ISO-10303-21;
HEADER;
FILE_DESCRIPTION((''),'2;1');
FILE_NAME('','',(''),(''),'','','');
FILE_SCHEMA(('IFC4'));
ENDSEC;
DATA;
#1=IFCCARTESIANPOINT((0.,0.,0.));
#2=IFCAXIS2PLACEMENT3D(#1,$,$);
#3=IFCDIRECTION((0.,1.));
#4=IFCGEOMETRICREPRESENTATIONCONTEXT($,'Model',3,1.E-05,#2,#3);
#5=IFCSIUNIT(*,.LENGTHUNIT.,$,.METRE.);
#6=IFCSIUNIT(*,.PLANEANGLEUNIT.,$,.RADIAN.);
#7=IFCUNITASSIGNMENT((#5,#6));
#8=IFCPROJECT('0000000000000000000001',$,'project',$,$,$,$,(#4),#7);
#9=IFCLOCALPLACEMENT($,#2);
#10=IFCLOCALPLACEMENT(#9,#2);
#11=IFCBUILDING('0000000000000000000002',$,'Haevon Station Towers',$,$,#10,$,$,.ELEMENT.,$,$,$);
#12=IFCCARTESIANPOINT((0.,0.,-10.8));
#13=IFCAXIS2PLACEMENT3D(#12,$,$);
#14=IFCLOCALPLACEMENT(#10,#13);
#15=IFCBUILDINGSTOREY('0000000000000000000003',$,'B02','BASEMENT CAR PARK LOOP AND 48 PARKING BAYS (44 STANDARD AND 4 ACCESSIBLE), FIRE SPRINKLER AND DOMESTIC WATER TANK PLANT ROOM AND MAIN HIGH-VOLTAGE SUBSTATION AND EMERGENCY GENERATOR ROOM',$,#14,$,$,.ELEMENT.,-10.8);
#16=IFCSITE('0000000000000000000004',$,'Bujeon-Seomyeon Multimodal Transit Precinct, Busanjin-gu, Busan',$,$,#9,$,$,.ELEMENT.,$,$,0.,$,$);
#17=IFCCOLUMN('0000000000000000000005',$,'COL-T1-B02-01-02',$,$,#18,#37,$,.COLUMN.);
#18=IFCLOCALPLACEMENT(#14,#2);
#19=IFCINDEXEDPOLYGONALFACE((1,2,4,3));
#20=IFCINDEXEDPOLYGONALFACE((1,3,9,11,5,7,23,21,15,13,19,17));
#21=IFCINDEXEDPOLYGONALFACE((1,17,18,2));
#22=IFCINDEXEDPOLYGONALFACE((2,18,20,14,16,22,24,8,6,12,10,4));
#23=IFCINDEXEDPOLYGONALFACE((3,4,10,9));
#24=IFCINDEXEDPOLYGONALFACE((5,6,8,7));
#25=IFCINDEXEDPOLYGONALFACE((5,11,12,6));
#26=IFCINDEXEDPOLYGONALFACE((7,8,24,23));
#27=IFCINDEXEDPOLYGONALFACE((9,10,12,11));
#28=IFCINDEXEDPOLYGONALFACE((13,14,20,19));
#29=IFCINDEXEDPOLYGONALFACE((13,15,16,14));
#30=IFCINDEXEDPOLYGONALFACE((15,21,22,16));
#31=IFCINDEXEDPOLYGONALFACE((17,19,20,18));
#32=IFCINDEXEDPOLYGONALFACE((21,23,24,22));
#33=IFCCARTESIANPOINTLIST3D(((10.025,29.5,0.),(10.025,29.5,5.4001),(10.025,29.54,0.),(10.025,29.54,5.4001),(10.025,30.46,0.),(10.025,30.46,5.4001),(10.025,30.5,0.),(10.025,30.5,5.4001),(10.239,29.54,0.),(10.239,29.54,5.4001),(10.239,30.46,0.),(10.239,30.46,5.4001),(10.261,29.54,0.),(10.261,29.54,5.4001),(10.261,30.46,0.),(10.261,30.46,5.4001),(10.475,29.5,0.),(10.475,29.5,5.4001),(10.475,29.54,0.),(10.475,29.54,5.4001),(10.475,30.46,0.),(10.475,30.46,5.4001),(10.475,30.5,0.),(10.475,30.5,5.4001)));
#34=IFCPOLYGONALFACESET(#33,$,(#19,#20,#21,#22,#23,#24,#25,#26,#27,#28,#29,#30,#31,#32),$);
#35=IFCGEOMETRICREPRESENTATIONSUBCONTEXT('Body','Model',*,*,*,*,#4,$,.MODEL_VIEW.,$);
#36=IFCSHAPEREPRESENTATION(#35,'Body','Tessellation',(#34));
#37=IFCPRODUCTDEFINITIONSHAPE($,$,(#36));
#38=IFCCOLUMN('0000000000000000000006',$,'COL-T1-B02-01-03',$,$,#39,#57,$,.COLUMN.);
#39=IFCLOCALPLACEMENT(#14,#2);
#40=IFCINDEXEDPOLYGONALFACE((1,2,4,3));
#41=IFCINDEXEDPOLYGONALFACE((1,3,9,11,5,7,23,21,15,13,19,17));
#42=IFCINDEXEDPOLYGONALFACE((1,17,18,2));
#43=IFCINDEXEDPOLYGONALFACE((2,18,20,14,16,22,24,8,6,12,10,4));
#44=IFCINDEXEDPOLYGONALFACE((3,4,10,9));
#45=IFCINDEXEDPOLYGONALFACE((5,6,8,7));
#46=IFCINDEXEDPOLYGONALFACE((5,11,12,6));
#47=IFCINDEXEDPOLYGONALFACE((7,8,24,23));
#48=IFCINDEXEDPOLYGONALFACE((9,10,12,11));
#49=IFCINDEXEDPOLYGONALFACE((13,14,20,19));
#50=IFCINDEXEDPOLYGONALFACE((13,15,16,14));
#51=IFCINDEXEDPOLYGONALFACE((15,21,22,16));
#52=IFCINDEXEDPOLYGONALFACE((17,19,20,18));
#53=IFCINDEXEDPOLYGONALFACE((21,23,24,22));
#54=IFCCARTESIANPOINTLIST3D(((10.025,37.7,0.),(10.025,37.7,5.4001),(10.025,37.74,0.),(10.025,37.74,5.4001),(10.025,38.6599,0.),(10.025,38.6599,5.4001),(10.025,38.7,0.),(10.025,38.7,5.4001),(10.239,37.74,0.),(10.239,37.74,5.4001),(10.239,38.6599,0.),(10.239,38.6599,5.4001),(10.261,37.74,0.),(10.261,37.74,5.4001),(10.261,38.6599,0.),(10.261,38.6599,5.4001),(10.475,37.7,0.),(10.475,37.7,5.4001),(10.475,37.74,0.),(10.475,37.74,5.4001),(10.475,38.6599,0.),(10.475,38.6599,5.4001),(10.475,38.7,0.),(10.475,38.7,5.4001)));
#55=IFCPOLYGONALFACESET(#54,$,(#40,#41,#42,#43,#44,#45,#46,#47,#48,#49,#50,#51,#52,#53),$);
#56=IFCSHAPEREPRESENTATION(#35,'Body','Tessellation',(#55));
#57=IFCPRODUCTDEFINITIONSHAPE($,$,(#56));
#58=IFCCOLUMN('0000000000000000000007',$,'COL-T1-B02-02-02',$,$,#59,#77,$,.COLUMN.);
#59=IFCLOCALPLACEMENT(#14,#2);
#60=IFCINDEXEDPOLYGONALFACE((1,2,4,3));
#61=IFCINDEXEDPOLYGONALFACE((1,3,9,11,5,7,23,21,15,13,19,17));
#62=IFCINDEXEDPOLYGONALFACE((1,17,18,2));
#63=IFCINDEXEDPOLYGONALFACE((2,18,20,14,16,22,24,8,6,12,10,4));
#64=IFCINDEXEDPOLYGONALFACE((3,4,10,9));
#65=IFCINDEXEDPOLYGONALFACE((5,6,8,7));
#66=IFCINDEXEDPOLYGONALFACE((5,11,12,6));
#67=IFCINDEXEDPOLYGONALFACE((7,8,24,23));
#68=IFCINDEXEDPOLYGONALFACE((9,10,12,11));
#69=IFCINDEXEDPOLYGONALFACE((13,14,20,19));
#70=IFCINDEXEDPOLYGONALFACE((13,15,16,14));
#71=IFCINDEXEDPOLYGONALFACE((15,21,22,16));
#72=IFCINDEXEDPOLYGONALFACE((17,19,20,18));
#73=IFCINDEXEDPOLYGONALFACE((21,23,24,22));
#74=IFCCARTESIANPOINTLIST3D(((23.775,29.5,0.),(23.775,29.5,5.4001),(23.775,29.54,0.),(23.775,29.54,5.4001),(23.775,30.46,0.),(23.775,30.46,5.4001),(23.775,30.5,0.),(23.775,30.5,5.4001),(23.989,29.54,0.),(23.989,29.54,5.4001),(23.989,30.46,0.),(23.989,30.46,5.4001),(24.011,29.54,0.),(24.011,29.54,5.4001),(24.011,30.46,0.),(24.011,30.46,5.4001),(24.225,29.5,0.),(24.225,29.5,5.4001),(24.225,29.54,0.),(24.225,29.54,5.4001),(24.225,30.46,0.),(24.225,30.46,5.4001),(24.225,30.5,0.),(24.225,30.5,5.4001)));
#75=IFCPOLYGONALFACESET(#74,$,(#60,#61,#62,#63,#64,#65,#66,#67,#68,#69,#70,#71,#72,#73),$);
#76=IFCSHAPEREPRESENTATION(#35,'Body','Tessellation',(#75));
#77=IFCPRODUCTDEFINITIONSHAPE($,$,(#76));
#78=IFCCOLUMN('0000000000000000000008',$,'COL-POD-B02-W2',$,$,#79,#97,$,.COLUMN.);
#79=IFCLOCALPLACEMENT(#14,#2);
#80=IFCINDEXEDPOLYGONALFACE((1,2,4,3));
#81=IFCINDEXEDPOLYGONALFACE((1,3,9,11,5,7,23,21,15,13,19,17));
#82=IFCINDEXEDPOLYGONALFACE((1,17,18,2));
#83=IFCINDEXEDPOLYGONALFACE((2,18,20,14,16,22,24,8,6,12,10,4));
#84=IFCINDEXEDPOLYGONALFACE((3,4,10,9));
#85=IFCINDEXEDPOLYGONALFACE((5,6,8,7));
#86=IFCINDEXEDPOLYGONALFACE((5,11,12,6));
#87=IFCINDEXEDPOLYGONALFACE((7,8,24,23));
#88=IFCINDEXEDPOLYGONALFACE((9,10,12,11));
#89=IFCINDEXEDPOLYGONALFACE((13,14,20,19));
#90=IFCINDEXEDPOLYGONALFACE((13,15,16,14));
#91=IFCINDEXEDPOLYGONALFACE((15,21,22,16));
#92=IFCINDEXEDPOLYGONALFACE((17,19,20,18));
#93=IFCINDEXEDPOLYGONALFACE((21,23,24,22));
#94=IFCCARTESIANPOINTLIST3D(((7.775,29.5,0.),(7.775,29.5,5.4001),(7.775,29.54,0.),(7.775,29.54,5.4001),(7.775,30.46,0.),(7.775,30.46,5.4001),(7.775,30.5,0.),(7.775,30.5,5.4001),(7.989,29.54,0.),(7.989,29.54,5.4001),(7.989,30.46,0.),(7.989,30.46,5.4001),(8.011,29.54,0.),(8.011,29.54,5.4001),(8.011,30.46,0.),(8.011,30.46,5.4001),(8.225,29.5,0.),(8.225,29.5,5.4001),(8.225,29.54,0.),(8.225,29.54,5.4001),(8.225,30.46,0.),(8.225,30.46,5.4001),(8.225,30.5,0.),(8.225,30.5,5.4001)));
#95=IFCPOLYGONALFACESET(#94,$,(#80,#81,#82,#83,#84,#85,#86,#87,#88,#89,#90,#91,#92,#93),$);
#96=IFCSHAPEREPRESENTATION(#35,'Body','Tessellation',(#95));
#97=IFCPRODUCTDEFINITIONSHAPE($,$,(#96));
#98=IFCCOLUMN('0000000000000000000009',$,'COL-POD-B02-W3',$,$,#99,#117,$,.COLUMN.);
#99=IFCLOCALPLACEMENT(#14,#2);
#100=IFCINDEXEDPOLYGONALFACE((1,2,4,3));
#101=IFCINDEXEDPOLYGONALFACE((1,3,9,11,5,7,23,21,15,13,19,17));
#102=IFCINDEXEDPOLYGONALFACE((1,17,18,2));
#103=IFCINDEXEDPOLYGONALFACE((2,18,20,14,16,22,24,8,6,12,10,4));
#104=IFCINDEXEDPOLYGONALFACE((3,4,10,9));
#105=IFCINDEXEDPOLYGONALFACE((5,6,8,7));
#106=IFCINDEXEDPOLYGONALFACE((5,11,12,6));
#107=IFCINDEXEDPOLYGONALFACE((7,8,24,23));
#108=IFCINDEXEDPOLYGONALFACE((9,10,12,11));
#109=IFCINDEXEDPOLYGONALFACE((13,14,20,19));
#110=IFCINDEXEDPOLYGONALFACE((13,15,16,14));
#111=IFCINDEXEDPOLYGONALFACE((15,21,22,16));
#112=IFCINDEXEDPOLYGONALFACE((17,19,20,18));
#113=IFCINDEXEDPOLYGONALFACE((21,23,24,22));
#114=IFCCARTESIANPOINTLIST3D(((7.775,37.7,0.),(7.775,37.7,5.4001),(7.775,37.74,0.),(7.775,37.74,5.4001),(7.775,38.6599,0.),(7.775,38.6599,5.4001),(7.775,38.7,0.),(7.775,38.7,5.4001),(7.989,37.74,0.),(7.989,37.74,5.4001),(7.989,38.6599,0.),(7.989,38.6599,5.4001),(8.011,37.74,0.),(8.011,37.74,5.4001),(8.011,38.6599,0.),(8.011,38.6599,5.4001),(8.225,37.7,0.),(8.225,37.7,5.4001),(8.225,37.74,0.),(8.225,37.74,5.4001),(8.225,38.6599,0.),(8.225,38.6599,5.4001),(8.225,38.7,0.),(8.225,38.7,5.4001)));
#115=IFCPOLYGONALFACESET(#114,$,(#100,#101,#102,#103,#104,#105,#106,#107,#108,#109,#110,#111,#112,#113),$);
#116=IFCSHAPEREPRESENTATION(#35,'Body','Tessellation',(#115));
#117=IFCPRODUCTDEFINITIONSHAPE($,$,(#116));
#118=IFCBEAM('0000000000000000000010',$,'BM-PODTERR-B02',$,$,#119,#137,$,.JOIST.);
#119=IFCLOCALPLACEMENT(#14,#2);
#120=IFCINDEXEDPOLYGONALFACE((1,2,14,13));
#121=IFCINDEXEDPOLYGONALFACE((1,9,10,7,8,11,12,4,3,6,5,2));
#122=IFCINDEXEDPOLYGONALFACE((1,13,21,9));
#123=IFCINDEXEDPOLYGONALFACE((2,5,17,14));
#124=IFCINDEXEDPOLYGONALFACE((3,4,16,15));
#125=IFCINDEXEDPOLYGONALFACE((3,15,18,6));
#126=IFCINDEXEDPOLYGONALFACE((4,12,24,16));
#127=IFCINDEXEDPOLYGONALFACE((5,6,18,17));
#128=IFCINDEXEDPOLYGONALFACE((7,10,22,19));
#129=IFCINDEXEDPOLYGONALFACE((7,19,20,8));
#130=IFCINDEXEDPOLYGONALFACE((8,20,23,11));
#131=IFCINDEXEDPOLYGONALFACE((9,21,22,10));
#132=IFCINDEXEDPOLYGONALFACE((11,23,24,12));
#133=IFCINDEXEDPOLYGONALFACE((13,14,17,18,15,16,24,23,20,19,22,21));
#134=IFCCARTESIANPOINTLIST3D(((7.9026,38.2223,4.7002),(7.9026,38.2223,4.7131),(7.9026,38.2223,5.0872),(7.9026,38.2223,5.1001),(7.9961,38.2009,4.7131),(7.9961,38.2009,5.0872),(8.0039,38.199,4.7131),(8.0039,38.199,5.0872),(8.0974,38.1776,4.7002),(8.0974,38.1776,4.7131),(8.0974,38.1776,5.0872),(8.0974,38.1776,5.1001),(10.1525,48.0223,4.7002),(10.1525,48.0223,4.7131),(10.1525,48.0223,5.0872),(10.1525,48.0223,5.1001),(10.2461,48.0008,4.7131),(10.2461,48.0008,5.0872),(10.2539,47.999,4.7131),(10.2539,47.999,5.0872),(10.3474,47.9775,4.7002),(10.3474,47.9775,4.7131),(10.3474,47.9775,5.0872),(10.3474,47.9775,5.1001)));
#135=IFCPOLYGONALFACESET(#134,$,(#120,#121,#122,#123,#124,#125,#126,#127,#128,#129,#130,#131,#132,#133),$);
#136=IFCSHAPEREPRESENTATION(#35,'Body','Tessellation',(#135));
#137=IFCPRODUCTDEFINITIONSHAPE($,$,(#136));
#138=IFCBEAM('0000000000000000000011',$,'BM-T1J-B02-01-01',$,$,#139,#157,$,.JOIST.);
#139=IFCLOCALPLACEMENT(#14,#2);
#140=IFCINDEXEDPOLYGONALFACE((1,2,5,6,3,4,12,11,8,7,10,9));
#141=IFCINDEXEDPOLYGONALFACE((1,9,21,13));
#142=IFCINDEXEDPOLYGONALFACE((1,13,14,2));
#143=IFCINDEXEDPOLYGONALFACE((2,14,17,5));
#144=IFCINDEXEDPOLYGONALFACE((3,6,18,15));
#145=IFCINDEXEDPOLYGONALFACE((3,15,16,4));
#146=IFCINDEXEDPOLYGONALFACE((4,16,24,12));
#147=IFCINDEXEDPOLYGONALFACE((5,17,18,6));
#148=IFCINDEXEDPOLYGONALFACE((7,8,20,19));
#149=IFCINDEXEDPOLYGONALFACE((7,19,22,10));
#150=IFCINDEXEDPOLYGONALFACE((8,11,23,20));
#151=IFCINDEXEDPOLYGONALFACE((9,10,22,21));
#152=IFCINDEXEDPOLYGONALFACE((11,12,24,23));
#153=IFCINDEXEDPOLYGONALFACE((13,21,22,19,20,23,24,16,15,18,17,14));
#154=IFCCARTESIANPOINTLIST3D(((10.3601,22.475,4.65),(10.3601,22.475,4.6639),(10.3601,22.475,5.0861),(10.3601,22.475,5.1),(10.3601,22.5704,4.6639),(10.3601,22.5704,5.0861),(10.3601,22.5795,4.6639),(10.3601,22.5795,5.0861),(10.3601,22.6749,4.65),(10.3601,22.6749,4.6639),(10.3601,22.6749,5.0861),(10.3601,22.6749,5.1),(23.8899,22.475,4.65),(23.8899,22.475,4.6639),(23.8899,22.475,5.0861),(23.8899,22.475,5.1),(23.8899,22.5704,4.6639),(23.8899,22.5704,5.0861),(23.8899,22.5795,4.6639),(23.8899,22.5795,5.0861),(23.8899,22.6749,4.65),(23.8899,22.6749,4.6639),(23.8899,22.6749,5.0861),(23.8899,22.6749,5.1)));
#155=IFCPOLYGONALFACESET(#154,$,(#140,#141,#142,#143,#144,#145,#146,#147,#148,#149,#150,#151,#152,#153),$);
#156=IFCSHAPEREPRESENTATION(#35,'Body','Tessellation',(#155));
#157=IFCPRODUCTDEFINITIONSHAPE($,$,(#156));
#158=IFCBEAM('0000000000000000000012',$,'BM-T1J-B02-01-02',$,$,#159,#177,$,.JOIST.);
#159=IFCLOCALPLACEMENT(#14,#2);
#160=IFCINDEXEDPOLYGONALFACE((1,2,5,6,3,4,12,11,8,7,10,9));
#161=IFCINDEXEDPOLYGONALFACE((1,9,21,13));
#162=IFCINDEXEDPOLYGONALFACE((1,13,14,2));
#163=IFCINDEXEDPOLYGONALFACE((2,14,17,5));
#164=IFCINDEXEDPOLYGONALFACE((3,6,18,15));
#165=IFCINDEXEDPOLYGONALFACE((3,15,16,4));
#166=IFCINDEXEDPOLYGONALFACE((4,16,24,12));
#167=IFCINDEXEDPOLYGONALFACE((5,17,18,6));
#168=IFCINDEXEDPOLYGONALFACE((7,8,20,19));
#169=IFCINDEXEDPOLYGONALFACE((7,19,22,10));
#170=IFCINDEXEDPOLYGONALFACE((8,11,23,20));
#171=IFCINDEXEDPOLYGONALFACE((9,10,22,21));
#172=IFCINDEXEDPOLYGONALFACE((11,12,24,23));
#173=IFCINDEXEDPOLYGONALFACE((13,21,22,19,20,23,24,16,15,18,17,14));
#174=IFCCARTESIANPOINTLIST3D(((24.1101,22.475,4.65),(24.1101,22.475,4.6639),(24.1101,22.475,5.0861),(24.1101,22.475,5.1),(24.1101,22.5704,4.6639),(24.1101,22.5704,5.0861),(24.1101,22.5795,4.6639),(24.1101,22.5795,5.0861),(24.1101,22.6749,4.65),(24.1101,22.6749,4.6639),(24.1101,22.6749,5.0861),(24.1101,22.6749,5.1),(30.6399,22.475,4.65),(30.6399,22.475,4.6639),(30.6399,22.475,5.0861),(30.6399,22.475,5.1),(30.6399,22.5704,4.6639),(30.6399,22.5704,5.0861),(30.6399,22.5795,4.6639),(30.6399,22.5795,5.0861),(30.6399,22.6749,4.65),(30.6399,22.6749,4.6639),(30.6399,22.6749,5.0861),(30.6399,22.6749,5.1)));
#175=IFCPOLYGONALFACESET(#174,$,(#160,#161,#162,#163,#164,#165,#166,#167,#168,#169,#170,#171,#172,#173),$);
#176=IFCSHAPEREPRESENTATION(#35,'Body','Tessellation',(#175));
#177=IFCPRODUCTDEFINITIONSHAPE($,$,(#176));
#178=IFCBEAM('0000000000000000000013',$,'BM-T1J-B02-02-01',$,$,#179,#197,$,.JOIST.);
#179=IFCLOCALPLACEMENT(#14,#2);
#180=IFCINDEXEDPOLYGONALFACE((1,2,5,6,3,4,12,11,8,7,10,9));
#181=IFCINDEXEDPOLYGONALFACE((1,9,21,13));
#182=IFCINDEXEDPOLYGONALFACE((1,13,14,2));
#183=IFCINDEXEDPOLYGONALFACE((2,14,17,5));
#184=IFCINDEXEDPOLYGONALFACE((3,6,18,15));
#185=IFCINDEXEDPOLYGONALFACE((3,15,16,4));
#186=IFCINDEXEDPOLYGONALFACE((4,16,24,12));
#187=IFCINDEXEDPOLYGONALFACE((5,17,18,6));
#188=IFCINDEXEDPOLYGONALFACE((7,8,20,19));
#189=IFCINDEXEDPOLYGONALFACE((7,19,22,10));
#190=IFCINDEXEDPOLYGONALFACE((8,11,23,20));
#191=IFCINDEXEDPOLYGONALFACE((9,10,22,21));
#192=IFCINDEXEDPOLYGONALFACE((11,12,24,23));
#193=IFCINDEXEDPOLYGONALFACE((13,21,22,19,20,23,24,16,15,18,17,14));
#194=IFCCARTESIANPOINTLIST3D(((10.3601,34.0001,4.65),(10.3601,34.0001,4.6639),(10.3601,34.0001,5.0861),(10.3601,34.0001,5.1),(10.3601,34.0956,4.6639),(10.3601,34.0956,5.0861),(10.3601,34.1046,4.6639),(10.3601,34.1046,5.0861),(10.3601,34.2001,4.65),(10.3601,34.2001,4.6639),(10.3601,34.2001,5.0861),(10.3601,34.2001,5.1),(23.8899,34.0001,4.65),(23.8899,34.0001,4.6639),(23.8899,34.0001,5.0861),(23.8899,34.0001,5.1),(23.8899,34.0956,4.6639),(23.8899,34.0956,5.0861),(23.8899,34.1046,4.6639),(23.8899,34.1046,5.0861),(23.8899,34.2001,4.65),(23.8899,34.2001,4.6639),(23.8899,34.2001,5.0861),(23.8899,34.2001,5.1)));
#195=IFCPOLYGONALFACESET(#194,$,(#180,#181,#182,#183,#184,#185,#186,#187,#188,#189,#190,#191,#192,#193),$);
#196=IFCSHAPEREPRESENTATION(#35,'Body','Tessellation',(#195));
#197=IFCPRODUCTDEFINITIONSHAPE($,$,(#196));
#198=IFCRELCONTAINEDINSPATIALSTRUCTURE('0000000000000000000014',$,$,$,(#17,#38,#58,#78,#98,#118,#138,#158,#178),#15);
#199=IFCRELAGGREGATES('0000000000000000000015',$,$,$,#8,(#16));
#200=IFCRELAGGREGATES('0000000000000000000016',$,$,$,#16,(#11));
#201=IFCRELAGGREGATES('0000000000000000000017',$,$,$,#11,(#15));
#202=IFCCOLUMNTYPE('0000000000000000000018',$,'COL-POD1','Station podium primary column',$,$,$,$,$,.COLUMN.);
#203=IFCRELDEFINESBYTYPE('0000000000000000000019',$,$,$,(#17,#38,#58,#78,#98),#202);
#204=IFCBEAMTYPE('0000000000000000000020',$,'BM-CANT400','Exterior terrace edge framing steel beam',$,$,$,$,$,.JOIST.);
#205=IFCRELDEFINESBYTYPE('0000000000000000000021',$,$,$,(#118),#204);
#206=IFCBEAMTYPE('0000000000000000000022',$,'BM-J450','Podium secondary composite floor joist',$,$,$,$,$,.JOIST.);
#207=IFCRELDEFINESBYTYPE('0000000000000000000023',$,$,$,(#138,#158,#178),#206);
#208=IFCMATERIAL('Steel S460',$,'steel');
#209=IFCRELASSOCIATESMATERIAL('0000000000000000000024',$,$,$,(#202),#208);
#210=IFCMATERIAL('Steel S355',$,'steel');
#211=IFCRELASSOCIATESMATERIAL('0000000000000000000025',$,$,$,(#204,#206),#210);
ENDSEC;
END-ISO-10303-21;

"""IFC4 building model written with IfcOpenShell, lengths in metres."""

from ifc_helpers import new_model, si_unit, direction, frame, origin, origin_2d, place, context, subcontext, project, spatial, i_section, extrude, material, material_profile, profile_set, type_object, element, save


model = new_model("IFC4")

# Units and contexts
model_context = context("Model", 3, precision=1e-05, world=origin(), true_north=direction((0.0, 1.0)))
body_context = subcontext(model_context, "Body", "Model", "MODEL_VIEW")
ifc_project = project(units=[si_unit("LENGTHUNIT", "METRE"), si_unit("PLANEANGLEUNIT", "RADIAN")], contexts=[model_context])

# Site, building, storey
site_placement = place(None, origin())
site = spatial("IfcSite", under=ifc_project, at=site_placement, Name="Bujeon-Seomyeon Multimodal Transit Precinct, Busanjin-gu, Busan", CompositionType="ELEMENT", RefElevation=0.0)
building_placement = place(site_placement, origin())
building = spatial("IfcBuilding", under=site, at=building_placement, Name="Haevon Station Towers", CompositionType="ELEMENT")
storey_placement = place(building_placement, frame((0.0, 0.0, -10.8)))
storey = spatial("IfcBuildingStorey", under=building, at=storey_placement, Name="B02", Description="BASEMENT CAR PARK LOOP AND 48 PARKING BAYS (44 STANDARD AND 4 ACCESSIBLE), FIRE SPRINKLER AND DOMESTIC WATER TANK PLANT ROOM AND MAIN HIGH-VOLTAGE SUBSTATION AND EMERGENCY GENERATOR ROOM", CompositionType="ELEMENT", Elevation=-10.8)

# Columns
ifc_material_1 = material(Name="Steel S460", Category="steel")
ifc_material_profile_1 = material_profile(ifc_material_1, i_section(OverallWidth=0.45, OverallDepth=1.0, WebThickness=0.022, FlangeThickness=0.04, at=origin_2d()), Name="H-1000x450x22x40")
ifc_profile_set_1 = profile_set([ifc_material_profile_1], Name="Steel S460")
column_type = type_object("IfcColumnType", Name="COL-POD1", Description="Station podium primary column", PredefinedType="COLUMN", material=ifc_profile_set_1)
for number, where, z_axis, x_axis, name in (
    (1, (10.25, 30.0, 0.0), (0.0, 0.0, 1.0), (1.0, 0.0, 0.0), "COL-T1-B02-01-02"),
    (2, (10.25, 38.2, 0.0), (0.0, 0.0, 1.0), (1.0, 0.0, 0.0), "COL-T1-B02-01-03"),
    (3, (24.0, 30.0, 0.0), (0.0, 0.0, 1.0), (1.0, 0.0, 0.0), "COL-T1-B02-02-02"),
    (4, (8.0, 30.0, 0.0), (0.0, 0.0, 1.0), (1.0, 0.0, 0.0), "COL-POD-B02-W2"),
    (5, (8.0, 38.2, 0.0), (0.0, 0.0, 1.0), (1.0, 0.0, 0.0), "COL-POD-B02-W3"),
):
    element("IfcColumn", number, at=place(storey_placement, frame(where, z_axis=z_axis, x_axis=x_axis)), inside=storey, type_object=column_type, Name=name, PredefinedType="COLUMN", context=body_context, shape_type="SweptSolid", body=[
        extrude(i_section(OverallWidth=0.45, OverallDepth=1.0, WebThickness=0.022, FlangeThickness=0.04, at=origin_2d()), origin(), (0.0, 0.0, 1.0), 5.4001),
    ])

# Beams
ifc_material_2 = material(Name="Steel S355", Category="steel")
ifc_material_profile_2 = material_profile(ifc_material_2, i_section(OverallWidth=0.2, OverallDepth=0.3999, WebThickness=0.0081, FlangeThickness=0.0129, at=origin_2d()), Name="H-400x200x8x13")
ifc_profile_set_2 = profile_set([ifc_material_profile_2], Name="Steel S355")
beam_type_1 = type_object("IfcBeamType", Name="BM-CANT400", Description="Exterior terrace edge framing steel beam", PredefinedType="JOIST", material=ifc_profile_set_2)
beam_1_placement = place(storey_placement, frame((8.0, 38.2, 4.9001), z_axis=(0.223769, 0.974642, 0.0), x_axis=(-0.974642, 0.223769, 0.0)))
element("IfcBeam", 6, at=beam_1_placement, inside=storey, type_object=beam_type_1, Name="BM-PODTERR-B02", PredefinedType="JOIST", context=body_context, shape_type="SweptSolid", body=[
    extrude(i_section(OverallWidth=0.2, OverallDepth=0.3999, WebThickness=0.0081, FlangeThickness=0.0129, at=origin_2d()), origin(), (0.0, 0.0, 1.0), 10.0549),
])
ifc_material_profile_3 = material_profile(ifc_material_2, i_section(OverallWidth=0.2, OverallDepth=0.45, WebThickness=0.009, FlangeThickness=0.0139, at=origin_2d()), Name="H-450x200x9x14")
ifc_profile_set_3 = profile_set([ifc_material_profile_3], Name="Steel S355")
beam_type_2 = type_object("IfcBeamType", Name="BM-J450", Description="Podium secondary composite floor joist", PredefinedType="JOIST", material=ifc_profile_set_3)
beam_2_placement = place(storey_placement, frame((10.3601, 22.575, 4.875), z_axis=(1.0, 0.0, 0.0), x_axis=(0.0, 1.0, 0.0)))
element("IfcBeam", 7, at=beam_2_placement, inside=storey, type_object=beam_type_2, Name="BM-T1J-B02-01-01", PredefinedType="JOIST", context=body_context, shape_type="SweptSolid", body=[
    extrude(i_section(OverallWidth=0.2, OverallDepth=0.45, WebThickness=0.009, FlangeThickness=0.0139, at=origin_2d()), origin(), (0.0, 0.0, 1.0), 13.5298),
])
beam_3_placement = place(storey_placement, frame((24.1101, 22.575, 4.875), z_axis=(1.0, 0.0, 0.0), x_axis=(0.0, 1.0, 0.0)))
element("IfcBeam", 8, at=beam_3_placement, inside=storey, type_object=beam_type_2, Name="BM-T1J-B02-01-02", PredefinedType="JOIST", context=body_context, shape_type="SweptSolid", body=[
    extrude(i_section(OverallWidth=0.2, OverallDepth=0.45, WebThickness=0.009, FlangeThickness=0.0139, at=origin_2d()), origin(), (0.0, 0.0, 1.0), 6.5298),
])
beam_4_placement = place(storey_placement, frame((10.3601, 34.1001, 4.875), z_axis=(1.0, 0.0, 0.0), x_axis=(0.0, 1.0, 0.0)))
element("IfcBeam", 9, at=beam_4_placement, inside=storey, type_object=beam_type_2, Name="BM-T1J-B02-02-01", PredefinedType="JOIST", context=body_context, shape_type="SweptSolid", body=[
    extrude(i_section(OverallWidth=0.2, OverallDepth=0.45, WebThickness=0.009, FlangeThickness=0.0139, at=origin_2d()), origin(), (0.0, 0.0, 1.0), 13.5298),
])

save(model, "model.ifc")
